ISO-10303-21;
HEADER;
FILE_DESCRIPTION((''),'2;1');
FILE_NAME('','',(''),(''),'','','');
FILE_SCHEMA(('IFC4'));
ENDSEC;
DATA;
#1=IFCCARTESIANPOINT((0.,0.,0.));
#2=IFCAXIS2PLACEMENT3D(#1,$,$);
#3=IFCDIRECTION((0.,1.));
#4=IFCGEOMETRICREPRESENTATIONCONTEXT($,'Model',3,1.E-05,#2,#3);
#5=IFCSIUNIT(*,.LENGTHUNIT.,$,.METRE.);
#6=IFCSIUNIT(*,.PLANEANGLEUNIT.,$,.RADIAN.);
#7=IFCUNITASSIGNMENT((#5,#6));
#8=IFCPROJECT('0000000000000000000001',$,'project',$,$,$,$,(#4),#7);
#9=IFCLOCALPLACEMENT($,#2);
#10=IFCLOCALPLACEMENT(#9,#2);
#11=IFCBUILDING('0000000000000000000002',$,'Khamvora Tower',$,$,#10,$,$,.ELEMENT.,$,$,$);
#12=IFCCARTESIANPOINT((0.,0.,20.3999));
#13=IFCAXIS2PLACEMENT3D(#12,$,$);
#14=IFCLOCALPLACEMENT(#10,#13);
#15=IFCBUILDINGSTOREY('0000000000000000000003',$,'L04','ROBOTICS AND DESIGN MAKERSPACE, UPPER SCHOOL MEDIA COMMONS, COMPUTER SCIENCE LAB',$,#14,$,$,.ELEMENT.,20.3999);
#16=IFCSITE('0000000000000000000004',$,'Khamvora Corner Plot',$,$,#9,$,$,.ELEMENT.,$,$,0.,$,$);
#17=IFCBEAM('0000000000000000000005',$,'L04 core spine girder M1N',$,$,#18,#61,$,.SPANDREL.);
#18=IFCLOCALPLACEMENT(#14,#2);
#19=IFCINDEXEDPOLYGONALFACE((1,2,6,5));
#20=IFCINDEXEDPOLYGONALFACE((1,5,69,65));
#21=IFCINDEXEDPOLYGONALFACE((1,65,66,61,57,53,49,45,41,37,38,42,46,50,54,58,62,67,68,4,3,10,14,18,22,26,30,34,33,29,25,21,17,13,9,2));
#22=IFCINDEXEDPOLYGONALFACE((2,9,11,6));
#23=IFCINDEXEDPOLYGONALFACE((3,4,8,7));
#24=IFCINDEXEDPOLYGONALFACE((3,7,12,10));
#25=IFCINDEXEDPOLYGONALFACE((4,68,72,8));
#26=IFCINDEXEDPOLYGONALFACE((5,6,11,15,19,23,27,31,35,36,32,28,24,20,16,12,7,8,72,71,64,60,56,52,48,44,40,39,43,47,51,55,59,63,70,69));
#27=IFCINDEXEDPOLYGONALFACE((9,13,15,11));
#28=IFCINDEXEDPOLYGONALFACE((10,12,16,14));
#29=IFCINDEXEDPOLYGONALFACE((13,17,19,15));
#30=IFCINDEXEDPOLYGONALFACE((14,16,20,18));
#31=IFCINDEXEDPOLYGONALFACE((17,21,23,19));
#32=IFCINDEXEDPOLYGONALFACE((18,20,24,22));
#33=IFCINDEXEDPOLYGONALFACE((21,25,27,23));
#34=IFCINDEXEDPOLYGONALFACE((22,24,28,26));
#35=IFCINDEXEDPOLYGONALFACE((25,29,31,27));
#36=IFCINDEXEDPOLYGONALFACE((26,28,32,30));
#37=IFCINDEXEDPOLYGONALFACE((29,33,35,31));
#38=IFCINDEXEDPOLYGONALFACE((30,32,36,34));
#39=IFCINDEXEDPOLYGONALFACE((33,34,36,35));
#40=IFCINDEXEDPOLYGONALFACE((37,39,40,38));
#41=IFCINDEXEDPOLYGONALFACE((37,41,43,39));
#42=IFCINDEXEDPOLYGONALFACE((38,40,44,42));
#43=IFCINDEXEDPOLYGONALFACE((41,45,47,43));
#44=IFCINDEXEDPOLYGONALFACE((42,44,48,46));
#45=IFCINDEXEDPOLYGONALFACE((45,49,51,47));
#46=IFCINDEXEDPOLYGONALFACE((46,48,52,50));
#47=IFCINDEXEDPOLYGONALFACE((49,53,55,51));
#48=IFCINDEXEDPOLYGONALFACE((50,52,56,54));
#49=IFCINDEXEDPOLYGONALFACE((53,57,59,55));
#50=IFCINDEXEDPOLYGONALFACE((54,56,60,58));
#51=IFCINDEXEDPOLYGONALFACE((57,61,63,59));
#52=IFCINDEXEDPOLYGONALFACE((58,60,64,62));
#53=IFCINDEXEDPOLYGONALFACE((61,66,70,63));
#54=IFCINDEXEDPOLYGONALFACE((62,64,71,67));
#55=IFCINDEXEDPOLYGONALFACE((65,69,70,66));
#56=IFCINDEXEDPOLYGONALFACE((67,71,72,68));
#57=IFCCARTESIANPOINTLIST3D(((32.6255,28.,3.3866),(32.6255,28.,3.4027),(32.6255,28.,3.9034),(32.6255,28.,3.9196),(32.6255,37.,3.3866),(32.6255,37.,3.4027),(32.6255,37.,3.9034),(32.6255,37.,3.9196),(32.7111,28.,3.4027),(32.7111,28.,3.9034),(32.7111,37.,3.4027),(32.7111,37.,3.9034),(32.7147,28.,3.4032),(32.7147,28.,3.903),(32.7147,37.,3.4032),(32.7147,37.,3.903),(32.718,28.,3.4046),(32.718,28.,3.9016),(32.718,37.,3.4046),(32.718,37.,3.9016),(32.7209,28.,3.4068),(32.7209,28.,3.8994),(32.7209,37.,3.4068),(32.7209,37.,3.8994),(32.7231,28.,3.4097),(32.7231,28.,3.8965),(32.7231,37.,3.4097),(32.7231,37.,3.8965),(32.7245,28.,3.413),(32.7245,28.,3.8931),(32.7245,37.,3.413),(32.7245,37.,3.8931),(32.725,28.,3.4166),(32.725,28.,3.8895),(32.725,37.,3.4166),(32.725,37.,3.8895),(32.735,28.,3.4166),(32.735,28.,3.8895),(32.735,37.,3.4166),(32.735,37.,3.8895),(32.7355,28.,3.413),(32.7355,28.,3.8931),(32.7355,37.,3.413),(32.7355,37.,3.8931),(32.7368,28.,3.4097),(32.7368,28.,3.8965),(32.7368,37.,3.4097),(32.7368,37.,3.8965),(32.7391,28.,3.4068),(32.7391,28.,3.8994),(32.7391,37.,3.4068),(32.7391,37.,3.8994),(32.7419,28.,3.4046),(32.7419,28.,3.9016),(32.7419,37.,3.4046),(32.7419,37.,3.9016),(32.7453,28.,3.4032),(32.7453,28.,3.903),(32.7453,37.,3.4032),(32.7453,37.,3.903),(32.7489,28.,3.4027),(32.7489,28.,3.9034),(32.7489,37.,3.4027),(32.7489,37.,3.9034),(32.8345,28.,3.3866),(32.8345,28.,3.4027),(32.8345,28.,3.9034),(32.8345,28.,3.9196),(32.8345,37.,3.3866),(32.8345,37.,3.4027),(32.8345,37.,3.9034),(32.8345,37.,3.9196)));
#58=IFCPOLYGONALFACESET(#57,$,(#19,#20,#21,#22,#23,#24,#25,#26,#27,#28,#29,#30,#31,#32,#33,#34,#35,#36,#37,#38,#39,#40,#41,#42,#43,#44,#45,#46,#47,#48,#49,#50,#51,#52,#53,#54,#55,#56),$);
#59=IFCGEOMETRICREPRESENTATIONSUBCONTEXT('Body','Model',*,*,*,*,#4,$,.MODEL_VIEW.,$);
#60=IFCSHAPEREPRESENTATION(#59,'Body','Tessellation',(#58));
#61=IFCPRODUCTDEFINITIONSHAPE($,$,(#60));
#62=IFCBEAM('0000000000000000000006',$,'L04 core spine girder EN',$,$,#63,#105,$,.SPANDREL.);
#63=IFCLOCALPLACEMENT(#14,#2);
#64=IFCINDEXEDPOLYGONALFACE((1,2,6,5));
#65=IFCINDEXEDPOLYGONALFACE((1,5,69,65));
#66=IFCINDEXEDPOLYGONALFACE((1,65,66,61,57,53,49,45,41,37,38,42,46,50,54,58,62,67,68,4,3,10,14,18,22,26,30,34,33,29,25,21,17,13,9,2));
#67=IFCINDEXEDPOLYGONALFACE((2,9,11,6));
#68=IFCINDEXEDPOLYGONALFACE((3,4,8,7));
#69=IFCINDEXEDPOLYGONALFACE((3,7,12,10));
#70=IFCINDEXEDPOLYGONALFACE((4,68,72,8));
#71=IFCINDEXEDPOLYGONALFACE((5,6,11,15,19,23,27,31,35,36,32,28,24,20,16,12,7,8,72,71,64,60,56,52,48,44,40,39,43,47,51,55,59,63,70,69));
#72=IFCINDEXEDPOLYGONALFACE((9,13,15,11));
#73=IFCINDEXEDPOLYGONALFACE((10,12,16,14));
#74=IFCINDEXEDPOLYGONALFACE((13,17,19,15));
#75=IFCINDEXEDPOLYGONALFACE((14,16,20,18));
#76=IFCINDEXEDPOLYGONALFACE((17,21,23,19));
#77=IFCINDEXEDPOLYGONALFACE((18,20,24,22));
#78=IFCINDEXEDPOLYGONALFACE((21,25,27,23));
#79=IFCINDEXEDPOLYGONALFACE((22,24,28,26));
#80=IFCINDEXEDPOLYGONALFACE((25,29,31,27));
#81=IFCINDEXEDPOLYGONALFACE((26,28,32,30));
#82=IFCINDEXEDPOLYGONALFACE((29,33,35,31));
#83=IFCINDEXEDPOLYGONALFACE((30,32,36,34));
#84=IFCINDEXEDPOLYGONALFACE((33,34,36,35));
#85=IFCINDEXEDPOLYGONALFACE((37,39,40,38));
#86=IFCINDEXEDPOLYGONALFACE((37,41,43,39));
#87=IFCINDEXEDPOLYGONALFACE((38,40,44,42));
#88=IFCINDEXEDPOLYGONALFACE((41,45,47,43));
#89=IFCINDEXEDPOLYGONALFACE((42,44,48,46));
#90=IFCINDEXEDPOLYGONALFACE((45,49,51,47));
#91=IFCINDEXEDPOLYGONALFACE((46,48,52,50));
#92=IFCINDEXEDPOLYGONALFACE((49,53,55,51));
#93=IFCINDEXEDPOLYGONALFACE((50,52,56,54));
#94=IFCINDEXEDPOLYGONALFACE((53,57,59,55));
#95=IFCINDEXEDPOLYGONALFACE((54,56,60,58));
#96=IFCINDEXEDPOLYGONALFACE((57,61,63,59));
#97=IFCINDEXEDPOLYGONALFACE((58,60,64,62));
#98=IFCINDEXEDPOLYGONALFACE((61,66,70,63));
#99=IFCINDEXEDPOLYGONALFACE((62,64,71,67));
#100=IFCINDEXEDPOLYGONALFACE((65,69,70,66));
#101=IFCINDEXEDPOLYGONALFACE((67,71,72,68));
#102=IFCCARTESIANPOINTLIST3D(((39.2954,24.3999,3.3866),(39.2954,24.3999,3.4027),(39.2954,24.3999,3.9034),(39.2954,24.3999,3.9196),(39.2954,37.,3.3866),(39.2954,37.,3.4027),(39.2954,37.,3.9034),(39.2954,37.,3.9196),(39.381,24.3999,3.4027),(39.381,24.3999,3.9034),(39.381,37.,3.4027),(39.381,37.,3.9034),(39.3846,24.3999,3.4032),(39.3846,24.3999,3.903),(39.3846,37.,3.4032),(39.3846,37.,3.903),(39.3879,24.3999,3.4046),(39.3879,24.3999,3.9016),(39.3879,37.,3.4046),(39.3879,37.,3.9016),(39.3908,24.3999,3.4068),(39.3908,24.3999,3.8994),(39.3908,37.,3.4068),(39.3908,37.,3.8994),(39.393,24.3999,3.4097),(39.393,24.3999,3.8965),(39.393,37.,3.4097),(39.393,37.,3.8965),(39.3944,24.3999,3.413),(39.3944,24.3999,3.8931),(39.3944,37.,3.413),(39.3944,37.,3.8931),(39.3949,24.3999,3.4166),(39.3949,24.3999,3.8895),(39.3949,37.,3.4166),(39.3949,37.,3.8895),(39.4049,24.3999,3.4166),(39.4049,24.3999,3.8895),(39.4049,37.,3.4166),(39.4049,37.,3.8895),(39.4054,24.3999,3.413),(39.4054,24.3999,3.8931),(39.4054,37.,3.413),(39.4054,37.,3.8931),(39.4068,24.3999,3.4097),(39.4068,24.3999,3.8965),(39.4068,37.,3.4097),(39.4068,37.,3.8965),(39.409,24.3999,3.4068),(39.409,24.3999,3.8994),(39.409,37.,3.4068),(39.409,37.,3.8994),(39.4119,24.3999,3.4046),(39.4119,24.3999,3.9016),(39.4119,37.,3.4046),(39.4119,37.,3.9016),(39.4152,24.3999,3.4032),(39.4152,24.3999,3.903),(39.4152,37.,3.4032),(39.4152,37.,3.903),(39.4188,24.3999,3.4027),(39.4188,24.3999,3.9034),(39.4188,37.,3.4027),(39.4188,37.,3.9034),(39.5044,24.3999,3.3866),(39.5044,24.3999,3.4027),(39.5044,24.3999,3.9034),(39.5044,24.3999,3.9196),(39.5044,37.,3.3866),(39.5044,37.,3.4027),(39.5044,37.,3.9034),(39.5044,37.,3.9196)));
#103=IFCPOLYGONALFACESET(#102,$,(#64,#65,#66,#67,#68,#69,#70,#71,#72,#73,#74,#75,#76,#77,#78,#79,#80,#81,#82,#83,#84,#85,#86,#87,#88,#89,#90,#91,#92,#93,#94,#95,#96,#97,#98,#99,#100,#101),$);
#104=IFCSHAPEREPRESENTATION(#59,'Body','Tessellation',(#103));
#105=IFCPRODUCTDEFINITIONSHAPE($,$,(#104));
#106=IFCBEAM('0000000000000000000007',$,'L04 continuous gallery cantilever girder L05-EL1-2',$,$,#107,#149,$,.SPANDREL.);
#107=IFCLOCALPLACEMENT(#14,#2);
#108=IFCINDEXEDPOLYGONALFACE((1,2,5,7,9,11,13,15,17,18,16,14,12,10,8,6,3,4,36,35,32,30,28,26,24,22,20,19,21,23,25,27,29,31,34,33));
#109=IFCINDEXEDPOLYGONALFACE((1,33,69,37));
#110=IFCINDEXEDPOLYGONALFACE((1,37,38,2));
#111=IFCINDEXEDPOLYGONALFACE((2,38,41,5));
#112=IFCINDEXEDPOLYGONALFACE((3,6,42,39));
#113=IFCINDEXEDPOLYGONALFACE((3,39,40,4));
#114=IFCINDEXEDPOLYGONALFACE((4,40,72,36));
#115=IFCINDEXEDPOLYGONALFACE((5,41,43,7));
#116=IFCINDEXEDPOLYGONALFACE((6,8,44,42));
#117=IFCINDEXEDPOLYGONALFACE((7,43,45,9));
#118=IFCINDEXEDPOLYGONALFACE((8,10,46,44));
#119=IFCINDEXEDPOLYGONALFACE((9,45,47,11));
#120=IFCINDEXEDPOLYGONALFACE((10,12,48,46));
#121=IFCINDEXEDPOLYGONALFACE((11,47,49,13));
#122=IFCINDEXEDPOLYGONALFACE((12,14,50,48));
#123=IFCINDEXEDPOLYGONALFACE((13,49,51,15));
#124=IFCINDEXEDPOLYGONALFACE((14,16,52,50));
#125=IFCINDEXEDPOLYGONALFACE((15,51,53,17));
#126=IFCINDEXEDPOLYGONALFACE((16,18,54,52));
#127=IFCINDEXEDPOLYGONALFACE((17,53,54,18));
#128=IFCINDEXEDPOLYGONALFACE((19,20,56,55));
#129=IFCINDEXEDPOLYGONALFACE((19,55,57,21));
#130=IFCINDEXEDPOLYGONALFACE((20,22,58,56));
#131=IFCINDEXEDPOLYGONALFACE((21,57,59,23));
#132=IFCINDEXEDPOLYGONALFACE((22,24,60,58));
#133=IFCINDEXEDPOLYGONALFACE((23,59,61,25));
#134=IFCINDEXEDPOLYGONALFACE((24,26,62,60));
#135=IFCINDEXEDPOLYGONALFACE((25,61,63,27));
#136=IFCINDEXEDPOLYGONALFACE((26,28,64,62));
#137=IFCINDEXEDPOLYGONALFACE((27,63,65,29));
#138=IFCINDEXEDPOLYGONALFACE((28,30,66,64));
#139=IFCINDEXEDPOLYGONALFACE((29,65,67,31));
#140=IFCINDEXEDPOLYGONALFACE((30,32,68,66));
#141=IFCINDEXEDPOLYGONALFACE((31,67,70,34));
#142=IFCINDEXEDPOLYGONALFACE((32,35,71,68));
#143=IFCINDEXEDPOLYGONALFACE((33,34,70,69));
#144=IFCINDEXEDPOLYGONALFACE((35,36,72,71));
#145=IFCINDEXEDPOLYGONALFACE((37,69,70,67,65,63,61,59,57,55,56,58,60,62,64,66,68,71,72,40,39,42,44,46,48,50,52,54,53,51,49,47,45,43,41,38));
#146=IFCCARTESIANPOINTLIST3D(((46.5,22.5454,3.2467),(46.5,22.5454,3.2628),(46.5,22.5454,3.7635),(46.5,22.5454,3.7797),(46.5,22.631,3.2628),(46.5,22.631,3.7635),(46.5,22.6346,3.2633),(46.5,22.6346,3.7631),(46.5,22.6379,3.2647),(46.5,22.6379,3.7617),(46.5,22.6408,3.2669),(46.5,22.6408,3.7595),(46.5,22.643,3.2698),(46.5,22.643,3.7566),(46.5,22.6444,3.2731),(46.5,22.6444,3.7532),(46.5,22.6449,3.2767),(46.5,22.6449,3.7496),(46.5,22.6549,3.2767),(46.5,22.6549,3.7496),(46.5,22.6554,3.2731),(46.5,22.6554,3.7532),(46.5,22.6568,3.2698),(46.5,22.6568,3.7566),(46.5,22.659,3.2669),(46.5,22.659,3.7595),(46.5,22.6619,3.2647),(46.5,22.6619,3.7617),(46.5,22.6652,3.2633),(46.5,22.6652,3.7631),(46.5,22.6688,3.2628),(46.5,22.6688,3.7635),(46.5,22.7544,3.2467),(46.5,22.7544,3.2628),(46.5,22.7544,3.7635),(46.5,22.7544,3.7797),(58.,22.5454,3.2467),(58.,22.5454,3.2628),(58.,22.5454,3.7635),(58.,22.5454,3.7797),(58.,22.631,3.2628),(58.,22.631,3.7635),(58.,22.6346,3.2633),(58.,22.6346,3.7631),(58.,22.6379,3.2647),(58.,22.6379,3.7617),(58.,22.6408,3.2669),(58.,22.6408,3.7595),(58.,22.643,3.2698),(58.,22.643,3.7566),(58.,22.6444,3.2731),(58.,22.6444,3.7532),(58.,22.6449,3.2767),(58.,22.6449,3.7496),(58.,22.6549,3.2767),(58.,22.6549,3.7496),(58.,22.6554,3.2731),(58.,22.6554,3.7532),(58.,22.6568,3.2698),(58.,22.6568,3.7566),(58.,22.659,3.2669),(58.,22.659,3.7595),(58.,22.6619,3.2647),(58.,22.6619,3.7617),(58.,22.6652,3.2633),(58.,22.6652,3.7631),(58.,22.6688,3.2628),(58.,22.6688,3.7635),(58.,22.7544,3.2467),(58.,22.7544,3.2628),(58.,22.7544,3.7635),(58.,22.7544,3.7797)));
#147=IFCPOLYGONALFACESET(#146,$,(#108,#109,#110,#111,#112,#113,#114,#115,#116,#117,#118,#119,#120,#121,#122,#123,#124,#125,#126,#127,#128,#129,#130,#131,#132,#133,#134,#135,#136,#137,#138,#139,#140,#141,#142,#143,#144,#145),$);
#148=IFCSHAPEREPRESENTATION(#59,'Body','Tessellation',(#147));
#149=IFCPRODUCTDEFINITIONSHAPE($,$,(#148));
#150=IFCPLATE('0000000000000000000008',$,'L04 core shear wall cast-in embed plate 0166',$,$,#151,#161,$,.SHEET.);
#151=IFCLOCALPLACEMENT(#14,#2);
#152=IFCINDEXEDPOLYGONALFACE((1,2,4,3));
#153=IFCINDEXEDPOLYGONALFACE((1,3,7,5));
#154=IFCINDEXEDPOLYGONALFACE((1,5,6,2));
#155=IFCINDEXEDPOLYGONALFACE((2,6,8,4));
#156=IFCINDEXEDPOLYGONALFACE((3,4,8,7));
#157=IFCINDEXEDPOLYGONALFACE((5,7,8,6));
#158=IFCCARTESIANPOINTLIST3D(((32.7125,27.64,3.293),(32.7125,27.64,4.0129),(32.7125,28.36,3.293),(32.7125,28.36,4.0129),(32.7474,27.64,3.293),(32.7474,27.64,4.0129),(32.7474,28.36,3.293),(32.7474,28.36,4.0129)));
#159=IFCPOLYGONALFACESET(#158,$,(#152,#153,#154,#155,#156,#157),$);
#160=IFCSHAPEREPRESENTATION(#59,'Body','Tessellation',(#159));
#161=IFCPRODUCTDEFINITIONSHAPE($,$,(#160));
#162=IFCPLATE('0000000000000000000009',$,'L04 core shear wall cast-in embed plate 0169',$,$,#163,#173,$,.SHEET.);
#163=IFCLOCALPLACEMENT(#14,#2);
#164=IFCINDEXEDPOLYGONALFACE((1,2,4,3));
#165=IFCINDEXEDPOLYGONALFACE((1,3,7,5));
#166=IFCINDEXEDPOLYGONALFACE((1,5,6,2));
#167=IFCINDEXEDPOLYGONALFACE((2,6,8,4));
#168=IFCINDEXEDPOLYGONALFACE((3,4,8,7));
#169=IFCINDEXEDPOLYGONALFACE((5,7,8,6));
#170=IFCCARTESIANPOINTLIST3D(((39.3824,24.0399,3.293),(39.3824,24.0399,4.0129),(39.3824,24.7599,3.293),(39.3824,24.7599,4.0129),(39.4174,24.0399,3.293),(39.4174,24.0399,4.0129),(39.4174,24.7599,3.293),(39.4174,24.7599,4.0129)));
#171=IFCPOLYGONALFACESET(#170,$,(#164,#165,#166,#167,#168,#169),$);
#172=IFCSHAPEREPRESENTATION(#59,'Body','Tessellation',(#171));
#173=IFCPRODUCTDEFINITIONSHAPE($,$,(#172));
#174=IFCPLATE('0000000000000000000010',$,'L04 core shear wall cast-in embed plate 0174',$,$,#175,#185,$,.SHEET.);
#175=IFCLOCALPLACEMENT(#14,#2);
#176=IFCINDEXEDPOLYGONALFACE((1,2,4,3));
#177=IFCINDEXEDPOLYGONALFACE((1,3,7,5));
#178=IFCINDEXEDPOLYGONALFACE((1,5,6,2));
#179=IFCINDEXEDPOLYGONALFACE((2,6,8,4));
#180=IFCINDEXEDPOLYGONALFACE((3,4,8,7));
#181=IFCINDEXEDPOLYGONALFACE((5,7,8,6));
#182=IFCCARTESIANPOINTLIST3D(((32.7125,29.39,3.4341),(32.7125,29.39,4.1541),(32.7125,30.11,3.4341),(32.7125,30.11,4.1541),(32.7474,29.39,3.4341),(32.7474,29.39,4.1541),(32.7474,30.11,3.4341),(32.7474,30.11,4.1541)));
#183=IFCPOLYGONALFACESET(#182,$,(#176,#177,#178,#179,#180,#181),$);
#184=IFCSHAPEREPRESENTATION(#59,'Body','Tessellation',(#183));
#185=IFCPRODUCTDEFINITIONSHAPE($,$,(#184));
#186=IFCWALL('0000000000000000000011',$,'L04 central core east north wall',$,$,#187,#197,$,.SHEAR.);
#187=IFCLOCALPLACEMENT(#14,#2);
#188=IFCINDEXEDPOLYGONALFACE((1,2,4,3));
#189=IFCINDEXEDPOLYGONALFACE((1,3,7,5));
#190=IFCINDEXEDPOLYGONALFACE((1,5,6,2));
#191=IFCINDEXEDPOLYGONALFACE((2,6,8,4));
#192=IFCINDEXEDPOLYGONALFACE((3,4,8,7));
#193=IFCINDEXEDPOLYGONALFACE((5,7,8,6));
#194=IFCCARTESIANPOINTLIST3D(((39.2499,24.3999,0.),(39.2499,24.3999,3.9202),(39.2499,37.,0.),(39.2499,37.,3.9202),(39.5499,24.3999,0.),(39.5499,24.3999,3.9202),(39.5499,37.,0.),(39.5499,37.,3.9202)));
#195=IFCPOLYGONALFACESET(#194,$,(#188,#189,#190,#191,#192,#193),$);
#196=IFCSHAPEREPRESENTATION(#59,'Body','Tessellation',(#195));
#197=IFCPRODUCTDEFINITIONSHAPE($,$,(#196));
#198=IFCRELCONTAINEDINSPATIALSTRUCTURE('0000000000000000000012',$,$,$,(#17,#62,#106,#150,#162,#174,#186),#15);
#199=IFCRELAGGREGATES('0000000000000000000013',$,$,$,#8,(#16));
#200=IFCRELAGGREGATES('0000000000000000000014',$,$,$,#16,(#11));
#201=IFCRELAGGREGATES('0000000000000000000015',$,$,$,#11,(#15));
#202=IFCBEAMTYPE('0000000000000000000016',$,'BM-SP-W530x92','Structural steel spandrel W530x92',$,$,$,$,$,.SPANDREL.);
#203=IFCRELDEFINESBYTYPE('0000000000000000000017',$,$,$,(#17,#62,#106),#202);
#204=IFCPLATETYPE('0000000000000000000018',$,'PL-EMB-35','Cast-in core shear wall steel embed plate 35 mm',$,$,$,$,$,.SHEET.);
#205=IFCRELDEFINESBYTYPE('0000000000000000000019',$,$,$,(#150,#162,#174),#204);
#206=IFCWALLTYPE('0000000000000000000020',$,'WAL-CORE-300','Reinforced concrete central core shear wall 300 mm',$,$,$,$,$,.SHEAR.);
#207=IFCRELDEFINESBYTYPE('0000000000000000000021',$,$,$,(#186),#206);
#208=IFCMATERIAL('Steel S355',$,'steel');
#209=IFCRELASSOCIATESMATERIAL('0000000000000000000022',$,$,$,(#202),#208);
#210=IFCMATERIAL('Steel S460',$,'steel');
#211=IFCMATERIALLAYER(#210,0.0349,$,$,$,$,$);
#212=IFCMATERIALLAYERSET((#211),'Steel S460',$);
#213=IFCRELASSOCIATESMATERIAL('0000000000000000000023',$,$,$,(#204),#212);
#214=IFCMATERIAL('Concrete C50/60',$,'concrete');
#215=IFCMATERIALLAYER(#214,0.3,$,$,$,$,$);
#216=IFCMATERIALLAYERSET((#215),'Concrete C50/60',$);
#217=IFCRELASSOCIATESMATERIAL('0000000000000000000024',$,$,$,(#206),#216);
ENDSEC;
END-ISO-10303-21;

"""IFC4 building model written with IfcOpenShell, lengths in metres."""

from ifc_helpers import new_model, si_unit, direction, frame, frame_2d, origin, origin_2d, place, context, subcontext, project, spatial, rectangle, i_section, extrude, material, layer, layer_set, material_profile, profile_set, type_object, element, save


model = new_model("IFC4")

# Units and contexts
model_context = context("Model", 3, precision=1e-05, world=origin(), true_north=direction((0.0, 1.0)))
body_context = subcontext(model_context, "Body", "Model", "MODEL_VIEW")
ifc_project = project(units=[si_unit("LENGTHUNIT", "METRE"), si_unit("PLANEANGLEUNIT", "RADIAN")], contexts=[model_context])

# Site, building, storey
site_placement = place(None, origin())
site = spatial("IfcSite", under=ifc_project, at=site_placement, Name="Khamvora Corner Plot", CompositionType="ELEMENT", RefElevation=0.0)
building_placement = place(site_placement, origin())
building = spatial("IfcBuilding", under=site, at=building_placement, Name="Khamvora Tower", CompositionType="ELEMENT")
storey_placement = place(building_placement, frame((0.0, 0.0, 20.3999)))
storey = spatial("IfcBuildingStorey", under=building, at=storey_placement, Name="L04", Description="ROBOTICS AND DESIGN MAKERSPACE, UPPER SCHOOL MEDIA COMMONS, COMPUTER SCIENCE LAB", CompositionType="ELEMENT", Elevation=20.3999)

# Shared definitions
ifc_material_1 = material(Name="Steel S460", Category="steel")

# Beams
ifc_material_2 = material(Name="Steel S355", Category="steel")
ifc_material_profile_1 = material_profile(ifc_material_2, i_section(OverallWidth=0.209, OverallDepth=0.533, WebThickness=0.01, FlangeThickness=0.0161, FilletRadius=0.0139, at=origin_2d()), Name="W530x92")
ifc_profile_set_1 = profile_set([ifc_material_profile_1], Name="Steel S355")
beam_type_1 = type_object("IfcBeamType", Name="BM-SP-W530x92", Description="Structural steel spandrel W530x92", PredefinedType="SPANDREL", material=ifc_profile_set_1)
beam_1_placement = place(storey_placement, frame((32.73, 28.0, 3.6531), z_axis=(0.0, 1.0, 0.0), x_axis=(-1.0, 0.0, 0.0)))
element("IfcBeam", 1, at=beam_1_placement, inside=storey, type_object=beam_type_1, Name="L04 core spine girder M1N", PredefinedType="SPANDREL", context=body_context, shape_type="SweptSolid", body=[
    extrude(i_section(OverallWidth=0.209, OverallDepth=0.533, WebThickness=0.01, FlangeThickness=0.0161, FilletRadius=0.0139, at=origin_2d()), origin(), (0.0, 0.0, 1.0), 9.0),
])
beam_2_placement = place(storey_placement, frame((39.3999, 24.3999, 3.6531), z_axis=(0.0, 1.0, 0.0), x_axis=(-1.0, 0.0, 0.0)))
element("IfcBeam", 2, at=beam_2_placement, inside=storey, type_object=beam_type_1, Name="L04 core spine girder EN", PredefinedType="SPANDREL", context=body_context, shape_type="SweptSolid", body=[
    extrude(i_section(OverallWidth=0.209, OverallDepth=0.533, WebThickness=0.01, FlangeThickness=0.0161, FilletRadius=0.0139, at=origin_2d()), origin(), (0.0, 0.0, 1.0), 12.6001),
])
beam_3_placement = place(storey_placement, frame((46.5, 22.6499, 3.5132), z_axis=(1.0, 0.0, 0.0), x_axis=(0.0, 1.0, 0.0)))
element("IfcBeam", 3, at=beam_3_placement, inside=storey, type_object=beam_type_1, Name="L04 continuous gallery cantilever girder L05-EL1-2", PredefinedType="SPANDREL", context=body_context, shape_type="SweptSolid", body=[
    extrude(i_section(OverallWidth=0.209, OverallDepth=0.533, WebThickness=0.01, FlangeThickness=0.0161, FilletRadius=0.0139, at=origin_2d()), origin(), (0.0, 0.0, 1.0), 11.5),
])

# Plates
ifc_layer_1 = layer(ifc_material_1, 0.0349)
ifc_layer_set_1 = layer_set([ifc_layer_1], Name="Steel S460")
plate_type = type_object("IfcPlateType", Name="PL-EMB-35", Description="Cast-in core shear wall steel embed plate 35 mm", PredefinedType="SHEET", material=ifc_layer_set_1)
for number, where, z_axis, x_axis, name in (
    (4, (32.73, 28.0, 3.293), (0.0, 0.0, 1.0), (1.0, 0.0, 0.0), "L04 core shear wall cast-in embed plate 0166"),
    (5, (39.3999, 24.3999, 3.293), (0.0, 0.0, 1.0), (1.0, 0.0, 0.0), "L04 core shear wall cast-in embed plate 0169"),
    (6, (32.73, 29.75, 3.4341), (0.0, 0.0, 1.0), (1.0, 0.0, 0.0), "L04 core shear wall cast-in embed plate 0174"),
):
    element("IfcPlate", number, at=place(storey_placement, frame(where, z_axis=z_axis, x_axis=x_axis)), inside=storey, type_object=plate_type, Name=name, PredefinedType="SHEET", context=body_context, shape_type="SweptSolid", body=[
        extrude(rectangle(XDim=0.0349, YDim=0.72, at=origin_2d()), origin(), (0.0, 0.0, 1.0), 0.72),
    ])

# Wall
ifc_material_3 = material(Name="Concrete C50/60", Category="concrete")
ifc_layer_2 = layer(ifc_material_3, 0.3)
ifc_layer_set_2 = layer_set([ifc_layer_2], Name="Concrete C50/60")
wall_type_1 = type_object("IfcWallType", Name="WAL-CORE-300", Description="Reinforced concrete central core shear wall 300 mm", PredefinedType="SHEAR", material=ifc_layer_set_2)
wall_1_placement = place(storey_placement, frame((39.3999, 24.3999, 0.0), z_axis=(0.0, 0.0, 1.0), x_axis=(0.0, 1.0, 0.0)))
element("IfcWall", 7, at=wall_1_placement, inside=storey, type_object=wall_type_1, Name="L04 central core east north wall", PredefinedType="SHEAR", context=body_context, shape_type="SweptSolid", body=[
    extrude(rectangle(XDim=12.6001, YDim=0.3, at=frame_2d((6.3, 0.0))), origin(), (0.0, 0.0, 1.0), 3.9202),
])

save(model, "model.ifc")
